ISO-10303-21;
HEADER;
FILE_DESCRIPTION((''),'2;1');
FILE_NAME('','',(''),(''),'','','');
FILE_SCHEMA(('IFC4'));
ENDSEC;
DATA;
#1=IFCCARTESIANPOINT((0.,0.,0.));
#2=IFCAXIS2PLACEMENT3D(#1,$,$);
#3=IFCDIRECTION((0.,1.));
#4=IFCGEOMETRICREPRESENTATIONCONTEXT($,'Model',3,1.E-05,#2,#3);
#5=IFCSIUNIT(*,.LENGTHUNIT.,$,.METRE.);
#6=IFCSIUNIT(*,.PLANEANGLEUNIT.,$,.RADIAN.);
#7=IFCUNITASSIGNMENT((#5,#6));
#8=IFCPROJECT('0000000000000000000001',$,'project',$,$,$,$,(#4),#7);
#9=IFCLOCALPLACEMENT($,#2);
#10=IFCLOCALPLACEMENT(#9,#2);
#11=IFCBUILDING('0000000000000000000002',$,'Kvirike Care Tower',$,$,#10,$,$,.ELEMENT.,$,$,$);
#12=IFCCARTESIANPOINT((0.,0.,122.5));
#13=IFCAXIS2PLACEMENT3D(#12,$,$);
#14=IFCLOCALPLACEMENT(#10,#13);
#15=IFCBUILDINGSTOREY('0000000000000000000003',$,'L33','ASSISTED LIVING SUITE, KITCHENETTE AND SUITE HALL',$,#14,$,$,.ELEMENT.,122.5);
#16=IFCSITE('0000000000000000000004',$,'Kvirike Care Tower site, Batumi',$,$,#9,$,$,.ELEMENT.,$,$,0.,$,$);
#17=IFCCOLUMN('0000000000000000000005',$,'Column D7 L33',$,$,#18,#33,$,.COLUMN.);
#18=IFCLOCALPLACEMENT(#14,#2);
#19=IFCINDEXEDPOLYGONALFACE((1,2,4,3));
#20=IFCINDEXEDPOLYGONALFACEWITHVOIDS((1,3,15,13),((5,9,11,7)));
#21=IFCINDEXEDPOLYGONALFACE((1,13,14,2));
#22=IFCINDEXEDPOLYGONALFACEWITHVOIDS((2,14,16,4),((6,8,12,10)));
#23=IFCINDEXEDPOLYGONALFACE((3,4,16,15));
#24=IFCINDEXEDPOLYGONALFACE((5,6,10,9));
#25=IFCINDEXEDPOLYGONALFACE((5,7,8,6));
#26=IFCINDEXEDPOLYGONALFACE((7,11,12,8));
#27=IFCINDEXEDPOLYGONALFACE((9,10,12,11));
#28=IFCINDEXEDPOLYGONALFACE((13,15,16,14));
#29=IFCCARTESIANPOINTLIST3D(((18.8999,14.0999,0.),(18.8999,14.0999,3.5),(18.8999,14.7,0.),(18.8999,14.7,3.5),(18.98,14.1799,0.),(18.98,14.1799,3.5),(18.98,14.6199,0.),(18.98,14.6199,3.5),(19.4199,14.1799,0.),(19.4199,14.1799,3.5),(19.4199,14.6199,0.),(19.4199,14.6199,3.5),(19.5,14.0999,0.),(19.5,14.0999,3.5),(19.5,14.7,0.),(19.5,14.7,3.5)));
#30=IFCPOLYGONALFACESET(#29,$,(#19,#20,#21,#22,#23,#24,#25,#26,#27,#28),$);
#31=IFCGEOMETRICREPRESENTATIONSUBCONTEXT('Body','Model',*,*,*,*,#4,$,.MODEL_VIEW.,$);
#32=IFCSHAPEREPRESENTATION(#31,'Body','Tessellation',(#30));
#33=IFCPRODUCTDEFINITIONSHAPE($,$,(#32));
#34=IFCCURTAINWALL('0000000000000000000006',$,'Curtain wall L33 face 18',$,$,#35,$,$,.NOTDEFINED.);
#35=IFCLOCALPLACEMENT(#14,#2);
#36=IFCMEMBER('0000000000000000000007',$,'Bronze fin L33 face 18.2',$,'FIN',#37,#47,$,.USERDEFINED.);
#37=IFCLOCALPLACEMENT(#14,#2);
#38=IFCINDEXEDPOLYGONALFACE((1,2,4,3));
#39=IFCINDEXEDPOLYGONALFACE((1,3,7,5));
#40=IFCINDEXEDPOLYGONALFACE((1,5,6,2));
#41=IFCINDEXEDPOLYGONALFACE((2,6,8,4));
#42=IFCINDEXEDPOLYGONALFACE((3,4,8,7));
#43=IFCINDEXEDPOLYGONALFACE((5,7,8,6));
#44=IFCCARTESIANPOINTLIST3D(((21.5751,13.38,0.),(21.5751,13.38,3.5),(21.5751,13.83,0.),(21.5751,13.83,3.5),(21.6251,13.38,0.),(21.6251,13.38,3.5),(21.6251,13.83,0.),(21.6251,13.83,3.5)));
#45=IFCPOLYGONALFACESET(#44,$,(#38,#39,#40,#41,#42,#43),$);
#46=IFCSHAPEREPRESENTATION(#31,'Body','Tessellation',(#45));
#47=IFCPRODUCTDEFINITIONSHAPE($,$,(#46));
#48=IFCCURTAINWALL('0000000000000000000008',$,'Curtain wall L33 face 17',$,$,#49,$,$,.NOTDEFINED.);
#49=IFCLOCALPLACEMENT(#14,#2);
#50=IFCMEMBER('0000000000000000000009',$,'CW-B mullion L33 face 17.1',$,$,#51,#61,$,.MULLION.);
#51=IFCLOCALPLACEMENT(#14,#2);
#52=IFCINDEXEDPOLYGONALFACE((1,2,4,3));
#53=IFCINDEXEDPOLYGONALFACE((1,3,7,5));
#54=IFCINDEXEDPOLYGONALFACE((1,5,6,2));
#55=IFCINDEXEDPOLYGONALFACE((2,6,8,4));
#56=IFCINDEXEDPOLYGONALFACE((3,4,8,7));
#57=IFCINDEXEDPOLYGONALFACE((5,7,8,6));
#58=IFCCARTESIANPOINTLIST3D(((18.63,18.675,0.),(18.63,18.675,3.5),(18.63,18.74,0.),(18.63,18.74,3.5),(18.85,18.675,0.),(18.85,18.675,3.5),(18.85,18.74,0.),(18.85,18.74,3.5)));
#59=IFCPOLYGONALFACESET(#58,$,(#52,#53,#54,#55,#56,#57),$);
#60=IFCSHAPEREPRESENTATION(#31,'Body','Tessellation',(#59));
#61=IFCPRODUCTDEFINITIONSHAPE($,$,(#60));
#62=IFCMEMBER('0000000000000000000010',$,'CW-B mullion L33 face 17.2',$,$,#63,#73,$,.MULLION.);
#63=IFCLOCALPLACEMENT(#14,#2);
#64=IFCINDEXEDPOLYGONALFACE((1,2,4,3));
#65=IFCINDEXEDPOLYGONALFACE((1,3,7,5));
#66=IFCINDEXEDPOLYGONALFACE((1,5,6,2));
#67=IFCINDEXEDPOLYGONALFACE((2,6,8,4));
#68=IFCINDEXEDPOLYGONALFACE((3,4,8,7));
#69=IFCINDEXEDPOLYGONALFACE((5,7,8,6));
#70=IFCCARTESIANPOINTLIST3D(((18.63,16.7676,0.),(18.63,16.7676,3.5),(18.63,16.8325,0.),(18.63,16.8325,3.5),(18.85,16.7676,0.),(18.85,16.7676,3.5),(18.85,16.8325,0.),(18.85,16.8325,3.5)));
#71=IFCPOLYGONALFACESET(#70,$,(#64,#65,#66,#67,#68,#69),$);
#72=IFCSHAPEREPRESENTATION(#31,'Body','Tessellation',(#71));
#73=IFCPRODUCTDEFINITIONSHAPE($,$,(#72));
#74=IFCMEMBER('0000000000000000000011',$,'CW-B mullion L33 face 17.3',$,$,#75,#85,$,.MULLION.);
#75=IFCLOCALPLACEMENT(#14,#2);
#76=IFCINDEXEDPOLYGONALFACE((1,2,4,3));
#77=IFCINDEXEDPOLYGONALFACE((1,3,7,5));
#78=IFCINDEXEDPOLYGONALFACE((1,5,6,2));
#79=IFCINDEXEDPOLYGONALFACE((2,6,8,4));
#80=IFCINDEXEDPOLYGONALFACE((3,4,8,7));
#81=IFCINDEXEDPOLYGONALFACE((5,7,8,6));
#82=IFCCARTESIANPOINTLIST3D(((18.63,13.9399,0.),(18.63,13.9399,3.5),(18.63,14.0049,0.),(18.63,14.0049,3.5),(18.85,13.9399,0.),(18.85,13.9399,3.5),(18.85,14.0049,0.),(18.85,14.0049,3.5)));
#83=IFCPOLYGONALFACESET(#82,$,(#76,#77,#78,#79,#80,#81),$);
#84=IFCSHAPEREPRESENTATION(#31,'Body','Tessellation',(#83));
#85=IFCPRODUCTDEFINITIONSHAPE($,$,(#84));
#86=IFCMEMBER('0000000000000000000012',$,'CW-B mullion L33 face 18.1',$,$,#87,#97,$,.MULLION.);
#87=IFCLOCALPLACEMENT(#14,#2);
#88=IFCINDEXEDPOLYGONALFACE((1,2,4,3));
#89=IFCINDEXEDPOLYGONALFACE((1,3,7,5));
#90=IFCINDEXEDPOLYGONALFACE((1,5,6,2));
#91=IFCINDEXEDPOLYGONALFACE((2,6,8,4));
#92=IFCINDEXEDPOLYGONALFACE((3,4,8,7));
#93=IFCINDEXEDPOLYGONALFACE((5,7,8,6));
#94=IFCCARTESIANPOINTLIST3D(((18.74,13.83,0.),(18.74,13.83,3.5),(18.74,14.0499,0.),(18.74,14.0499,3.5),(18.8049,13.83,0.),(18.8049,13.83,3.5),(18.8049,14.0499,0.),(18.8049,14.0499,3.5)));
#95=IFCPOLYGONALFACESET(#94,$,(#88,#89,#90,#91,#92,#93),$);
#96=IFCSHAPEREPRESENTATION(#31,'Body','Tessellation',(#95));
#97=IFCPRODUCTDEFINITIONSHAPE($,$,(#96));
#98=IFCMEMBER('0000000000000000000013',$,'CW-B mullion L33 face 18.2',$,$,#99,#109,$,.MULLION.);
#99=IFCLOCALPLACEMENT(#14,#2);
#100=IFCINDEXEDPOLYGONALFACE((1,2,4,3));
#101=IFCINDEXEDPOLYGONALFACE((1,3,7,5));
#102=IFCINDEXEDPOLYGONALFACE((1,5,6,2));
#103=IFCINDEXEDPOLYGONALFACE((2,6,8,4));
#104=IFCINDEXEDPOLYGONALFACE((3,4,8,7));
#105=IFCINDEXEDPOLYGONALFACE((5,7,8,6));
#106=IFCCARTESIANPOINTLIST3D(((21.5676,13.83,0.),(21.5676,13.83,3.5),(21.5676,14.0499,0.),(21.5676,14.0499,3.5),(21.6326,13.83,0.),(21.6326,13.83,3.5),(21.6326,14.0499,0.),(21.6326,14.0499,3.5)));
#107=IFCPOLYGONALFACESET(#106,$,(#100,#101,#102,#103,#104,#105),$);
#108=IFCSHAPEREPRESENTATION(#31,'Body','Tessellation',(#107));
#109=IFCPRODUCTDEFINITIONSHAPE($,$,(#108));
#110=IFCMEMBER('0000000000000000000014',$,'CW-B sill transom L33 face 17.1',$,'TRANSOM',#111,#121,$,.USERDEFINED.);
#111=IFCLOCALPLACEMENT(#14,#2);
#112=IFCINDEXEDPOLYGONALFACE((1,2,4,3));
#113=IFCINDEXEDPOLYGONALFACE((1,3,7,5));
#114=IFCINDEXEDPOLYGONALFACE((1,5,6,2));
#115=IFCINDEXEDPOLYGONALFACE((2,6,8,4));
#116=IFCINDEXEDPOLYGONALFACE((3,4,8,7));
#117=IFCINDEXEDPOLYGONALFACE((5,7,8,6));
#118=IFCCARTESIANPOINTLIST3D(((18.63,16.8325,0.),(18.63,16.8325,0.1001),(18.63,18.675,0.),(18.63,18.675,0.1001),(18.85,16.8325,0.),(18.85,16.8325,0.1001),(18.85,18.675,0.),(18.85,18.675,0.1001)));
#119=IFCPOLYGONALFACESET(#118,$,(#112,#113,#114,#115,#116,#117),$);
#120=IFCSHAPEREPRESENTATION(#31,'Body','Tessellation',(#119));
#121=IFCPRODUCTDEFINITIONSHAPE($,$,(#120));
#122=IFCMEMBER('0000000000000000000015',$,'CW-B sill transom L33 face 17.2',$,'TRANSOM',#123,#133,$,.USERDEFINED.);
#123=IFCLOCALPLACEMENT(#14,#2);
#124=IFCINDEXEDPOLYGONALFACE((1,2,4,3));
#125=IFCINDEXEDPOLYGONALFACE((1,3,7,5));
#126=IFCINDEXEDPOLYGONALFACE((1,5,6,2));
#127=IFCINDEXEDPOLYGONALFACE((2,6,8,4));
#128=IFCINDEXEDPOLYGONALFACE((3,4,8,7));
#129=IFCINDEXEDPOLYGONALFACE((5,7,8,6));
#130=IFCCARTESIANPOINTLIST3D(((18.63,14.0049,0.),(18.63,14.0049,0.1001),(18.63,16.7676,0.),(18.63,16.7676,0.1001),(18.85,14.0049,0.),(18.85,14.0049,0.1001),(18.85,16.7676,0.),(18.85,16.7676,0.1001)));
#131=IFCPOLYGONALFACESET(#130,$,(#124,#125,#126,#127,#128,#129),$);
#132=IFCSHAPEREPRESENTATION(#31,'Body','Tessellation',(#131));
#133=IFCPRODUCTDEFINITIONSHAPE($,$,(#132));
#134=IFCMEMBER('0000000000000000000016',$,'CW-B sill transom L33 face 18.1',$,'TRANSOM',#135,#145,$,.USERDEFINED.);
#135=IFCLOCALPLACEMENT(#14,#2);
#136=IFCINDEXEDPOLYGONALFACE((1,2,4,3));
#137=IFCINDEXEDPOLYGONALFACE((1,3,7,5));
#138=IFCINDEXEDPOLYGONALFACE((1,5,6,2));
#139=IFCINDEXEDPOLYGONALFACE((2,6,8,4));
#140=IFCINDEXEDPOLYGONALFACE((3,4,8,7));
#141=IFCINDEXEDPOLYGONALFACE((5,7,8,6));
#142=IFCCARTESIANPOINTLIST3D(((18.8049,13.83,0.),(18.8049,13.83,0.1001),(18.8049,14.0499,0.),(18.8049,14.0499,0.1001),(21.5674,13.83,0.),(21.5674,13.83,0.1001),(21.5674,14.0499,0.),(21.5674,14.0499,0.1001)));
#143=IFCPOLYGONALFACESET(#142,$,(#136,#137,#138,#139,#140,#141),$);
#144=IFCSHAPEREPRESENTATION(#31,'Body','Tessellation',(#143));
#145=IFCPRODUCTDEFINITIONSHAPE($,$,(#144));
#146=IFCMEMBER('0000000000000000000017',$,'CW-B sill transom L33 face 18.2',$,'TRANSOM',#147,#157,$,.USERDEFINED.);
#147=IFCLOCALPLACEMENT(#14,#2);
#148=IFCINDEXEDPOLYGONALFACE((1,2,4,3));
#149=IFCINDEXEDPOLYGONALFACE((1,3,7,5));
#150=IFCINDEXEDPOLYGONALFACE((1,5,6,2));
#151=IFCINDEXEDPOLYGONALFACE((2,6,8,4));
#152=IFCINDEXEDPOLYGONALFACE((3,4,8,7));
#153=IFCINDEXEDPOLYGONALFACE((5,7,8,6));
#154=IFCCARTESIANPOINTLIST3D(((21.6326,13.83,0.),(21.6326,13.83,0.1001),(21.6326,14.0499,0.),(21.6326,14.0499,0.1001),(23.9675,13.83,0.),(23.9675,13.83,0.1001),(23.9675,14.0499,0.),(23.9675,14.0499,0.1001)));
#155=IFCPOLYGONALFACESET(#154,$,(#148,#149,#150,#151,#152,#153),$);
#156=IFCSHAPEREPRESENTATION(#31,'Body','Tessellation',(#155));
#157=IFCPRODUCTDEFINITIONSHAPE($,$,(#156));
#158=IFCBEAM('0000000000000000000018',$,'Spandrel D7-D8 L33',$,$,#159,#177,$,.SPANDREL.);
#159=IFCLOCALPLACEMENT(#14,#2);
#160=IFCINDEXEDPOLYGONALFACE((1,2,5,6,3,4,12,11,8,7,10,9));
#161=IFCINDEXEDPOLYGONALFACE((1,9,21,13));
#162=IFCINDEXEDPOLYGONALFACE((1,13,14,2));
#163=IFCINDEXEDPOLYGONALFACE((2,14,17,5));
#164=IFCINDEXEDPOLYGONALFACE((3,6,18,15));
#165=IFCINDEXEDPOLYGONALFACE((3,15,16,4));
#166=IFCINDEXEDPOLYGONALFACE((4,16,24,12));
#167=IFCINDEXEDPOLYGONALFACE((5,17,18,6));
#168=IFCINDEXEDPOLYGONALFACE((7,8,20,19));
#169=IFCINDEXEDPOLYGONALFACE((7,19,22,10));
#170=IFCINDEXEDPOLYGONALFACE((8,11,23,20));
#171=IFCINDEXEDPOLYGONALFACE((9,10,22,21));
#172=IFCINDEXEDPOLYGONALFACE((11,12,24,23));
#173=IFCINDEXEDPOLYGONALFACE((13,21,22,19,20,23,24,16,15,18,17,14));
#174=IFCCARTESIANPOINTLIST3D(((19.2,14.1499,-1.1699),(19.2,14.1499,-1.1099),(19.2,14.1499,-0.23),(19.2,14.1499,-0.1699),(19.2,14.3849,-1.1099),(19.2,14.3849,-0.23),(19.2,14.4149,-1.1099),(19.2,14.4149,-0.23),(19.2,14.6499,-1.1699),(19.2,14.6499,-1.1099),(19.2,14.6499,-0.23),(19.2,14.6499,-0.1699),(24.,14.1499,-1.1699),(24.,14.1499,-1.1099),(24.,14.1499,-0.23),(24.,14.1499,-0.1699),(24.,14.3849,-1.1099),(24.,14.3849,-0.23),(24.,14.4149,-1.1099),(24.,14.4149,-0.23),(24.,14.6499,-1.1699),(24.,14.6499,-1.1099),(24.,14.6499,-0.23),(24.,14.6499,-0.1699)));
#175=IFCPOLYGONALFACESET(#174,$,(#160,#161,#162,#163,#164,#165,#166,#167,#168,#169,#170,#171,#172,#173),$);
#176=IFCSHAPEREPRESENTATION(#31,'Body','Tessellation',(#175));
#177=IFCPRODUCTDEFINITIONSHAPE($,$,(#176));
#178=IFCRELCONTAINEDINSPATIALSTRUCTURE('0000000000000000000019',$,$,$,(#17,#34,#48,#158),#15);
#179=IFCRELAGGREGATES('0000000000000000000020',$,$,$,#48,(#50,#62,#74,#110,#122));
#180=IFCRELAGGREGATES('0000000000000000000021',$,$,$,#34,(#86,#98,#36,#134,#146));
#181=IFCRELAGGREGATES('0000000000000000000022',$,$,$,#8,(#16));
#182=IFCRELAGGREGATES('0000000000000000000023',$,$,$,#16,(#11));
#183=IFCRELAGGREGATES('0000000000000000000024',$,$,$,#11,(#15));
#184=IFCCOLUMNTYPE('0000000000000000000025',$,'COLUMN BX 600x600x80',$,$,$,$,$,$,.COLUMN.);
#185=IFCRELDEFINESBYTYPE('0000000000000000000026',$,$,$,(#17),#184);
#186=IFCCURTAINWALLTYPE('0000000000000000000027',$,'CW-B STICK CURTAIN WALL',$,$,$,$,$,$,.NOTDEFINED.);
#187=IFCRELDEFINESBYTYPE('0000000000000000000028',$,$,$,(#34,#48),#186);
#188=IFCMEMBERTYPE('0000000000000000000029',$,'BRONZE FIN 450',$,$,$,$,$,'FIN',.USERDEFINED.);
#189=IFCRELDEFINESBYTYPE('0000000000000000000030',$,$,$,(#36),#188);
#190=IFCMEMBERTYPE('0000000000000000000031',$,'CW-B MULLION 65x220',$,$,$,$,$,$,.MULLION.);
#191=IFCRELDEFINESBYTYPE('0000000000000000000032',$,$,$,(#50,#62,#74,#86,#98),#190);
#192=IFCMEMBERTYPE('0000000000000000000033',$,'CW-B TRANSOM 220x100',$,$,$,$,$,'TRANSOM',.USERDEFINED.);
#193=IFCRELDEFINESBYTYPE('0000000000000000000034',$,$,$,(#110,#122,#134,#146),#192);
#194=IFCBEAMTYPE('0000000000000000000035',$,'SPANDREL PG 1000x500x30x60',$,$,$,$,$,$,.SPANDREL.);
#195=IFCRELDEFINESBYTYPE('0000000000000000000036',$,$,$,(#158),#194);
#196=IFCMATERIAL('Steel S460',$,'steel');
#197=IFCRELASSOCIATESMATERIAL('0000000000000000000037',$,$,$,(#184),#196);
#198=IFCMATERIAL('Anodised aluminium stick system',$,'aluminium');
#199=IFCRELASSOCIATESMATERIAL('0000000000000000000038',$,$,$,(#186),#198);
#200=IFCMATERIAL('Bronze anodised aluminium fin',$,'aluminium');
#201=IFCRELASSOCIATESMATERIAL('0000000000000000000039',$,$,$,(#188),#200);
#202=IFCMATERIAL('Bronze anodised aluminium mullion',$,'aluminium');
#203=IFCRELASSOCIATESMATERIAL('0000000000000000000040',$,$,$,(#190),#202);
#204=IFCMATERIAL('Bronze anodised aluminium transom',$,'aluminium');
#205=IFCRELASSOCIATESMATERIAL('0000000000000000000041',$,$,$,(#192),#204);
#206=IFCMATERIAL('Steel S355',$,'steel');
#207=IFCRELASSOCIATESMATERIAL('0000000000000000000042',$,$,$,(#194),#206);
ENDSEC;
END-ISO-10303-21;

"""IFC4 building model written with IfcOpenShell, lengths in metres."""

from ifc_helpers import new_model, si_unit, direction, frame, origin, origin_2d, place, context, subcontext, project, spatial, rectangle, hollow_rectangle, i_section, extrude, material, material_profile, profile_set, type_object, element, aggregate, save


model = new_model("IFC4")

# Units and contexts
model_context = context("Model", 3, precision=1e-05, world=origin(), true_north=direction((0.0, 1.0)))
body_context = subcontext(model_context, "Body", "Model", "MODEL_VIEW")
ifc_project = project(units=[si_unit("LENGTHUNIT", "METRE"), si_unit("PLANEANGLEUNIT", "RADIAN")], contexts=[model_context])

# Site, building, storey
site_placement = place(None, origin())
site = spatial("IfcSite", under=ifc_project, at=site_placement, Name="Kvirike Care Tower site, Batumi", CompositionType="ELEMENT", RefElevation=0.0)
building_placement = place(site_placement, origin())
building = spatial("IfcBuilding", under=site, at=building_placement, Name="Kvirike Care Tower", CompositionType="ELEMENT")
storey_placement = place(building_placement, frame((0.0, 0.0, 122.5)))
storey = spatial("IfcBuildingStorey", under=building, at=storey_placement, Name="L33", Description="ASSISTED LIVING SUITE, KITCHENETTE AND SUITE HALL", CompositionType="ELEMENT", Elevation=122.5)

# Column
ifc_material_1 = material(Name="Steel S460", Category="steel")
ifc_material_profile_1 = material_profile(ifc_material_1, hollow_rectangle(XDim=0.6001, YDim=0.6001, WallThickness=0.0801, at=origin_2d()), Name="BX 600x600x80")
ifc_profile_set_1 = profile_set([ifc_material_profile_1], Name="Steel S460")
column_type = type_object("IfcColumnType", Name="COLUMN BX 600x600x80", PredefinedType="COLUMN", material=ifc_profile_set_1)
column_placement = place(storey_placement, frame((19.2, 14.3999, 0.0), z_axis=(0.0, 0.0, 1.0), x_axis=(0.0, 1.0, 0.0)))
element("IfcColumn", 1, at=column_placement, inside=storey, type_object=column_type, Name="Column D7 L33", PredefinedType="COLUMN", context=body_context, shape_type="SweptSolid", body=[
    extrude(hollow_rectangle(XDim=0.6001, YDim=0.6001, WallThickness=0.0801, at=origin_2d()), origin(), (0.0, 0.0, 1.0), 3.5),
])

# Curtain wall, member
ifc_material_2 = material(Name="Anodised aluminium stick system", Category="aluminium")
curtain_wall_type = type_object("IfcCurtainWallType", Name="CW-B STICK CURTAIN WALL", PredefinedType="NOTDEFINED", material=ifc_material_2)
curtain_wall_1_placement = place(storey_placement, origin())
curtain_wall_1 = element("IfcCurtainWall", 2, at=curtain_wall_1_placement, inside=storey, type_object=curtain_wall_type, Name="Curtain wall L33 face 18", PredefinedType="NOTDEFINED")
ifc_material_3 = material(Name="Bronze anodised aluminium fin", Category="aluminium")
ifc_material_profile_2 = material_profile(ifc_material_3, rectangle(XDim=0.05, YDim=0.45, at=origin_2d()), Name="BRONZE FIN 450")
ifc_profile_set_2 = profile_set([ifc_material_profile_2], Name="Bronze anodised aluminium fin")
member_type_1 = type_object("IfcMemberType", Name="BRONZE FIN 450", ElementType="FIN", PredefinedType="USERDEFINED", material=ifc_profile_set_2)
member_1_placement = place(storey_placement, frame((21.6001, 13.605, 0.0), z_axis=(0.0, 0.0, 1.0), x_axis=(1.0, 0.0, 0.0)))
member_1 = element("IfcMember", 3, at=member_1_placement, type_object=member_type_1, Name="Bronze fin L33 face 18.2", ObjectType="FIN", PredefinedType="USERDEFINED", context=body_context, shape_type="SweptSolid", body=[
    extrude(rectangle(XDim=0.05, YDim=0.45, at=origin_2d()), origin(), (0.0, 0.0, 1.0), 3.5),
])

# Curtain wall, members
curtain_wall_2_placement = place(storey_placement, origin())
curtain_wall_2 = element("IfcCurtainWall", 4, at=curtain_wall_2_placement, inside=storey, type_object=curtain_wall_type, Name="Curtain wall L33 face 17", PredefinedType="NOTDEFINED")
ifc_material_4 = material(Name="Bronze anodised aluminium mullion", Category="aluminium")
ifc_material_profile_3 = material_profile(ifc_material_4, rectangle(XDim=0.0649, YDim=0.22, at=origin_2d()), Name="CW-B MULLION 65x220")
ifc_profile_set_3 = profile_set([ifc_material_profile_3], Name="Bronze anodised aluminium mullion")
member_type_2 = type_object("IfcMemberType", Name="CW-B MULLION 65x220", PredefinedType="MULLION", material=ifc_profile_set_3)
member_2_placement = place(storey_placement, frame((18.74, 18.7075, 0.0), z_axis=(0.0, 0.0, 1.0), x_axis=(0.0, -1.0, 0.0)))
member_2 = element("IfcMember", 5, at=member_2_placement, type_object=member_type_2, Name="CW-B mullion L33 face 17.1", PredefinedType="MULLION", context=body_context, shape_type="SweptSolid", body=[
    extrude(rectangle(XDim=0.0649, YDim=0.22, at=origin_2d()), origin(), (0.0, 0.0, 1.0), 3.5),
])
member_3_placement = place(storey_placement, frame((18.74, 16.8, 0.0), z_axis=(0.0, 0.0, 1.0), x_axis=(0.0, -1.0, 0.0)))
member_3 = element("IfcMember", 6, at=member_3_placement, type_object=member_type_2, Name="CW-B mullion L33 face 17.2", PredefinedType="MULLION", context=body_context, shape_type="SweptSolid", body=[
    extrude(rectangle(XDim=0.0649, YDim=0.22, at=origin_2d()), origin(), (0.0, 0.0, 1.0), 3.5),
])
member_4_placement = place(storey_placement, frame((18.74, 13.9724, 0.0), z_axis=(0.0, 0.0, 1.0), x_axis=(0.0, -1.0, 0.0)))
member_4 = element("IfcMember", 7, at=member_4_placement, type_object=member_type_2, Name="CW-B mullion L33 face 17.3", PredefinedType="MULLION", context=body_context, shape_type="SweptSolid", body=[
    extrude(rectangle(XDim=0.0649, YDim=0.22, at=origin_2d()), origin(), (0.0, 0.0, 1.0), 3.5),
])

# Members
member_5_placement = place(storey_placement, frame((18.7725, 13.9399, 0.0), z_axis=(0.0, 0.0, 1.0), x_axis=(1.0, 0.0, 0.0)))
member_5 = element("IfcMember", 8, at=member_5_placement, type_object=member_type_2, Name="CW-B mullion L33 face 18.1", PredefinedType="MULLION", context=body_context, shape_type="SweptSolid", body=[
    extrude(rectangle(XDim=0.0649, YDim=0.22, at=origin_2d()), origin(), (0.0, 0.0, 1.0), 3.5),
])
member_6_placement = place(storey_placement, frame((21.6001, 13.9399, 0.0), z_axis=(0.0, 0.0, 1.0), x_axis=(1.0, 0.0, 0.0)))
member_6 = element("IfcMember", 9, at=member_6_placement, type_object=member_type_2, Name="CW-B mullion L33 face 18.2", PredefinedType="MULLION", context=body_context, shape_type="SweptSolid", body=[
    extrude(rectangle(XDim=0.0649, YDim=0.22, at=origin_2d()), origin(), (0.0, 0.0, 1.0), 3.5),
])
ifc_material_5 = material(Name="Bronze anodised aluminium transom", Category="aluminium")
ifc_material_profile_4 = material_profile(ifc_material_5, rectangle(XDim=0.22, YDim=0.1001, at=origin_2d()), Name="CW-B TRANSOM 220x100")
ifc_profile_set_4 = profile_set([ifc_material_profile_4], Name="Bronze anodised aluminium transom")
member_type_3 = type_object("IfcMemberType", Name="CW-B TRANSOM 220x100", ElementType="TRANSOM", PredefinedType="USERDEFINED", material=ifc_profile_set_4)
member_7_placement = place(storey_placement, frame((18.74, 18.675, 0.05), z_axis=(0.0, -1.0, 0.0), x_axis=(1.0, 0.0, 0.0)))
member_7 = element("IfcMember", 10, at=member_7_placement, type_object=member_type_3, Name="CW-B sill transom L33 face 17.1", ObjectType="TRANSOM", PredefinedType="USERDEFINED", context=body_context, shape_type="SweptSolid", body=[
    extrude(rectangle(XDim=0.22, YDim=0.1001, at=origin_2d()), origin(), (0.0, 0.0, 1.0), 1.8425),
])
member_8_placement = place(storey_placement, frame((18.74, 16.7676, 0.05), z_axis=(0.0, -1.0, 0.0), x_axis=(1.0, 0.0, 0.0)))
member_8 = element("IfcMember", 11, at=member_8_placement, type_object=member_type_3, Name="CW-B sill transom L33 face 17.2", ObjectType="TRANSOM", PredefinedType="USERDEFINED", context=body_context, shape_type="SweptSolid", body=[
    extrude(rectangle(XDim=0.22, YDim=0.1001, at=origin_2d()), origin(), (0.0, 0.0, 1.0), 2.7627),
])
member_9_placement = place(storey_placement, frame((18.8049, 13.9399, 0.05), z_axis=(1.0, 0.0, 0.0), x_axis=(0.0, 1.0, 0.0)))
member_9 = element("IfcMember", 12, at=member_9_placement, type_object=member_type_3, Name="CW-B sill transom L33 face 18.1", ObjectType="TRANSOM", PredefinedType="USERDEFINED", context=body_context, shape_type="SweptSolid", body=[
    extrude(rectangle(XDim=0.22, YDim=0.1001, at=origin_2d()), origin(), (0.0, 0.0, 1.0), 2.7625),
])
member_10_placement = place(storey_placement, frame((21.6326, 13.9399, 0.05), z_axis=(1.0, 0.0, 0.0), x_axis=(0.0, 1.0, 0.0)))
member_10 = element("IfcMember", 13, at=member_10_placement, type_object=member_type_3, Name="CW-B sill transom L33 face 18.2", ObjectType="TRANSOM", PredefinedType="USERDEFINED", context=body_context, shape_type="SweptSolid", body=[
    extrude(rectangle(XDim=0.22, YDim=0.1001, at=origin_2d()), origin(), (0.0, 0.0, 1.0), 2.335),
])

# Beam
ifc_material_6 = material(Name="Steel S355", Category="steel")
ifc_material_profile_5 = material_profile(ifc_material_6, i_section(OverallWidth=0.5, OverallDepth=1.0, WebThickness=0.03, FlangeThickness=0.0601, at=origin_2d()), Name="PG 1000x500x30x60")
ifc_profile_set_5 = profile_set([ifc_material_profile_5], Name="Steel S355")
beam_type = type_object("IfcBeamType", Name="SPANDREL PG 1000x500x30x60", PredefinedType="SPANDREL", material=ifc_profile_set_5)
for number, where, z_axis, x_axis, name in (
    (14, (19.2, 14.3999, -0.6699), (1.0, 0.0, 0.0), (0.0, 1.0, 0.0), "Spandrel D7-D8 L33"),
):
    element("IfcBeam", number, at=place(storey_placement, frame(where, z_axis=z_axis, x_axis=x_axis)), inside=storey, type_object=beam_type, Name=name, PredefinedType="SPANDREL", context=body_context, shape_type="SweptSolid", body=[
        extrude(i_section(OverallWidth=0.5, OverallDepth=1.0, WebThickness=0.03, FlangeThickness=0.0601, at=origin_2d()), origin(), (0.0, 0.0, 1.0), 4.8),
    ])

aggregate(curtain_wall_2, [member_2, member_3, member_4, member_7, member_8])
aggregate(curtain_wall_1, [member_5, member_6, member_1, member_9, member_10])

save(model, "model.ifc")
